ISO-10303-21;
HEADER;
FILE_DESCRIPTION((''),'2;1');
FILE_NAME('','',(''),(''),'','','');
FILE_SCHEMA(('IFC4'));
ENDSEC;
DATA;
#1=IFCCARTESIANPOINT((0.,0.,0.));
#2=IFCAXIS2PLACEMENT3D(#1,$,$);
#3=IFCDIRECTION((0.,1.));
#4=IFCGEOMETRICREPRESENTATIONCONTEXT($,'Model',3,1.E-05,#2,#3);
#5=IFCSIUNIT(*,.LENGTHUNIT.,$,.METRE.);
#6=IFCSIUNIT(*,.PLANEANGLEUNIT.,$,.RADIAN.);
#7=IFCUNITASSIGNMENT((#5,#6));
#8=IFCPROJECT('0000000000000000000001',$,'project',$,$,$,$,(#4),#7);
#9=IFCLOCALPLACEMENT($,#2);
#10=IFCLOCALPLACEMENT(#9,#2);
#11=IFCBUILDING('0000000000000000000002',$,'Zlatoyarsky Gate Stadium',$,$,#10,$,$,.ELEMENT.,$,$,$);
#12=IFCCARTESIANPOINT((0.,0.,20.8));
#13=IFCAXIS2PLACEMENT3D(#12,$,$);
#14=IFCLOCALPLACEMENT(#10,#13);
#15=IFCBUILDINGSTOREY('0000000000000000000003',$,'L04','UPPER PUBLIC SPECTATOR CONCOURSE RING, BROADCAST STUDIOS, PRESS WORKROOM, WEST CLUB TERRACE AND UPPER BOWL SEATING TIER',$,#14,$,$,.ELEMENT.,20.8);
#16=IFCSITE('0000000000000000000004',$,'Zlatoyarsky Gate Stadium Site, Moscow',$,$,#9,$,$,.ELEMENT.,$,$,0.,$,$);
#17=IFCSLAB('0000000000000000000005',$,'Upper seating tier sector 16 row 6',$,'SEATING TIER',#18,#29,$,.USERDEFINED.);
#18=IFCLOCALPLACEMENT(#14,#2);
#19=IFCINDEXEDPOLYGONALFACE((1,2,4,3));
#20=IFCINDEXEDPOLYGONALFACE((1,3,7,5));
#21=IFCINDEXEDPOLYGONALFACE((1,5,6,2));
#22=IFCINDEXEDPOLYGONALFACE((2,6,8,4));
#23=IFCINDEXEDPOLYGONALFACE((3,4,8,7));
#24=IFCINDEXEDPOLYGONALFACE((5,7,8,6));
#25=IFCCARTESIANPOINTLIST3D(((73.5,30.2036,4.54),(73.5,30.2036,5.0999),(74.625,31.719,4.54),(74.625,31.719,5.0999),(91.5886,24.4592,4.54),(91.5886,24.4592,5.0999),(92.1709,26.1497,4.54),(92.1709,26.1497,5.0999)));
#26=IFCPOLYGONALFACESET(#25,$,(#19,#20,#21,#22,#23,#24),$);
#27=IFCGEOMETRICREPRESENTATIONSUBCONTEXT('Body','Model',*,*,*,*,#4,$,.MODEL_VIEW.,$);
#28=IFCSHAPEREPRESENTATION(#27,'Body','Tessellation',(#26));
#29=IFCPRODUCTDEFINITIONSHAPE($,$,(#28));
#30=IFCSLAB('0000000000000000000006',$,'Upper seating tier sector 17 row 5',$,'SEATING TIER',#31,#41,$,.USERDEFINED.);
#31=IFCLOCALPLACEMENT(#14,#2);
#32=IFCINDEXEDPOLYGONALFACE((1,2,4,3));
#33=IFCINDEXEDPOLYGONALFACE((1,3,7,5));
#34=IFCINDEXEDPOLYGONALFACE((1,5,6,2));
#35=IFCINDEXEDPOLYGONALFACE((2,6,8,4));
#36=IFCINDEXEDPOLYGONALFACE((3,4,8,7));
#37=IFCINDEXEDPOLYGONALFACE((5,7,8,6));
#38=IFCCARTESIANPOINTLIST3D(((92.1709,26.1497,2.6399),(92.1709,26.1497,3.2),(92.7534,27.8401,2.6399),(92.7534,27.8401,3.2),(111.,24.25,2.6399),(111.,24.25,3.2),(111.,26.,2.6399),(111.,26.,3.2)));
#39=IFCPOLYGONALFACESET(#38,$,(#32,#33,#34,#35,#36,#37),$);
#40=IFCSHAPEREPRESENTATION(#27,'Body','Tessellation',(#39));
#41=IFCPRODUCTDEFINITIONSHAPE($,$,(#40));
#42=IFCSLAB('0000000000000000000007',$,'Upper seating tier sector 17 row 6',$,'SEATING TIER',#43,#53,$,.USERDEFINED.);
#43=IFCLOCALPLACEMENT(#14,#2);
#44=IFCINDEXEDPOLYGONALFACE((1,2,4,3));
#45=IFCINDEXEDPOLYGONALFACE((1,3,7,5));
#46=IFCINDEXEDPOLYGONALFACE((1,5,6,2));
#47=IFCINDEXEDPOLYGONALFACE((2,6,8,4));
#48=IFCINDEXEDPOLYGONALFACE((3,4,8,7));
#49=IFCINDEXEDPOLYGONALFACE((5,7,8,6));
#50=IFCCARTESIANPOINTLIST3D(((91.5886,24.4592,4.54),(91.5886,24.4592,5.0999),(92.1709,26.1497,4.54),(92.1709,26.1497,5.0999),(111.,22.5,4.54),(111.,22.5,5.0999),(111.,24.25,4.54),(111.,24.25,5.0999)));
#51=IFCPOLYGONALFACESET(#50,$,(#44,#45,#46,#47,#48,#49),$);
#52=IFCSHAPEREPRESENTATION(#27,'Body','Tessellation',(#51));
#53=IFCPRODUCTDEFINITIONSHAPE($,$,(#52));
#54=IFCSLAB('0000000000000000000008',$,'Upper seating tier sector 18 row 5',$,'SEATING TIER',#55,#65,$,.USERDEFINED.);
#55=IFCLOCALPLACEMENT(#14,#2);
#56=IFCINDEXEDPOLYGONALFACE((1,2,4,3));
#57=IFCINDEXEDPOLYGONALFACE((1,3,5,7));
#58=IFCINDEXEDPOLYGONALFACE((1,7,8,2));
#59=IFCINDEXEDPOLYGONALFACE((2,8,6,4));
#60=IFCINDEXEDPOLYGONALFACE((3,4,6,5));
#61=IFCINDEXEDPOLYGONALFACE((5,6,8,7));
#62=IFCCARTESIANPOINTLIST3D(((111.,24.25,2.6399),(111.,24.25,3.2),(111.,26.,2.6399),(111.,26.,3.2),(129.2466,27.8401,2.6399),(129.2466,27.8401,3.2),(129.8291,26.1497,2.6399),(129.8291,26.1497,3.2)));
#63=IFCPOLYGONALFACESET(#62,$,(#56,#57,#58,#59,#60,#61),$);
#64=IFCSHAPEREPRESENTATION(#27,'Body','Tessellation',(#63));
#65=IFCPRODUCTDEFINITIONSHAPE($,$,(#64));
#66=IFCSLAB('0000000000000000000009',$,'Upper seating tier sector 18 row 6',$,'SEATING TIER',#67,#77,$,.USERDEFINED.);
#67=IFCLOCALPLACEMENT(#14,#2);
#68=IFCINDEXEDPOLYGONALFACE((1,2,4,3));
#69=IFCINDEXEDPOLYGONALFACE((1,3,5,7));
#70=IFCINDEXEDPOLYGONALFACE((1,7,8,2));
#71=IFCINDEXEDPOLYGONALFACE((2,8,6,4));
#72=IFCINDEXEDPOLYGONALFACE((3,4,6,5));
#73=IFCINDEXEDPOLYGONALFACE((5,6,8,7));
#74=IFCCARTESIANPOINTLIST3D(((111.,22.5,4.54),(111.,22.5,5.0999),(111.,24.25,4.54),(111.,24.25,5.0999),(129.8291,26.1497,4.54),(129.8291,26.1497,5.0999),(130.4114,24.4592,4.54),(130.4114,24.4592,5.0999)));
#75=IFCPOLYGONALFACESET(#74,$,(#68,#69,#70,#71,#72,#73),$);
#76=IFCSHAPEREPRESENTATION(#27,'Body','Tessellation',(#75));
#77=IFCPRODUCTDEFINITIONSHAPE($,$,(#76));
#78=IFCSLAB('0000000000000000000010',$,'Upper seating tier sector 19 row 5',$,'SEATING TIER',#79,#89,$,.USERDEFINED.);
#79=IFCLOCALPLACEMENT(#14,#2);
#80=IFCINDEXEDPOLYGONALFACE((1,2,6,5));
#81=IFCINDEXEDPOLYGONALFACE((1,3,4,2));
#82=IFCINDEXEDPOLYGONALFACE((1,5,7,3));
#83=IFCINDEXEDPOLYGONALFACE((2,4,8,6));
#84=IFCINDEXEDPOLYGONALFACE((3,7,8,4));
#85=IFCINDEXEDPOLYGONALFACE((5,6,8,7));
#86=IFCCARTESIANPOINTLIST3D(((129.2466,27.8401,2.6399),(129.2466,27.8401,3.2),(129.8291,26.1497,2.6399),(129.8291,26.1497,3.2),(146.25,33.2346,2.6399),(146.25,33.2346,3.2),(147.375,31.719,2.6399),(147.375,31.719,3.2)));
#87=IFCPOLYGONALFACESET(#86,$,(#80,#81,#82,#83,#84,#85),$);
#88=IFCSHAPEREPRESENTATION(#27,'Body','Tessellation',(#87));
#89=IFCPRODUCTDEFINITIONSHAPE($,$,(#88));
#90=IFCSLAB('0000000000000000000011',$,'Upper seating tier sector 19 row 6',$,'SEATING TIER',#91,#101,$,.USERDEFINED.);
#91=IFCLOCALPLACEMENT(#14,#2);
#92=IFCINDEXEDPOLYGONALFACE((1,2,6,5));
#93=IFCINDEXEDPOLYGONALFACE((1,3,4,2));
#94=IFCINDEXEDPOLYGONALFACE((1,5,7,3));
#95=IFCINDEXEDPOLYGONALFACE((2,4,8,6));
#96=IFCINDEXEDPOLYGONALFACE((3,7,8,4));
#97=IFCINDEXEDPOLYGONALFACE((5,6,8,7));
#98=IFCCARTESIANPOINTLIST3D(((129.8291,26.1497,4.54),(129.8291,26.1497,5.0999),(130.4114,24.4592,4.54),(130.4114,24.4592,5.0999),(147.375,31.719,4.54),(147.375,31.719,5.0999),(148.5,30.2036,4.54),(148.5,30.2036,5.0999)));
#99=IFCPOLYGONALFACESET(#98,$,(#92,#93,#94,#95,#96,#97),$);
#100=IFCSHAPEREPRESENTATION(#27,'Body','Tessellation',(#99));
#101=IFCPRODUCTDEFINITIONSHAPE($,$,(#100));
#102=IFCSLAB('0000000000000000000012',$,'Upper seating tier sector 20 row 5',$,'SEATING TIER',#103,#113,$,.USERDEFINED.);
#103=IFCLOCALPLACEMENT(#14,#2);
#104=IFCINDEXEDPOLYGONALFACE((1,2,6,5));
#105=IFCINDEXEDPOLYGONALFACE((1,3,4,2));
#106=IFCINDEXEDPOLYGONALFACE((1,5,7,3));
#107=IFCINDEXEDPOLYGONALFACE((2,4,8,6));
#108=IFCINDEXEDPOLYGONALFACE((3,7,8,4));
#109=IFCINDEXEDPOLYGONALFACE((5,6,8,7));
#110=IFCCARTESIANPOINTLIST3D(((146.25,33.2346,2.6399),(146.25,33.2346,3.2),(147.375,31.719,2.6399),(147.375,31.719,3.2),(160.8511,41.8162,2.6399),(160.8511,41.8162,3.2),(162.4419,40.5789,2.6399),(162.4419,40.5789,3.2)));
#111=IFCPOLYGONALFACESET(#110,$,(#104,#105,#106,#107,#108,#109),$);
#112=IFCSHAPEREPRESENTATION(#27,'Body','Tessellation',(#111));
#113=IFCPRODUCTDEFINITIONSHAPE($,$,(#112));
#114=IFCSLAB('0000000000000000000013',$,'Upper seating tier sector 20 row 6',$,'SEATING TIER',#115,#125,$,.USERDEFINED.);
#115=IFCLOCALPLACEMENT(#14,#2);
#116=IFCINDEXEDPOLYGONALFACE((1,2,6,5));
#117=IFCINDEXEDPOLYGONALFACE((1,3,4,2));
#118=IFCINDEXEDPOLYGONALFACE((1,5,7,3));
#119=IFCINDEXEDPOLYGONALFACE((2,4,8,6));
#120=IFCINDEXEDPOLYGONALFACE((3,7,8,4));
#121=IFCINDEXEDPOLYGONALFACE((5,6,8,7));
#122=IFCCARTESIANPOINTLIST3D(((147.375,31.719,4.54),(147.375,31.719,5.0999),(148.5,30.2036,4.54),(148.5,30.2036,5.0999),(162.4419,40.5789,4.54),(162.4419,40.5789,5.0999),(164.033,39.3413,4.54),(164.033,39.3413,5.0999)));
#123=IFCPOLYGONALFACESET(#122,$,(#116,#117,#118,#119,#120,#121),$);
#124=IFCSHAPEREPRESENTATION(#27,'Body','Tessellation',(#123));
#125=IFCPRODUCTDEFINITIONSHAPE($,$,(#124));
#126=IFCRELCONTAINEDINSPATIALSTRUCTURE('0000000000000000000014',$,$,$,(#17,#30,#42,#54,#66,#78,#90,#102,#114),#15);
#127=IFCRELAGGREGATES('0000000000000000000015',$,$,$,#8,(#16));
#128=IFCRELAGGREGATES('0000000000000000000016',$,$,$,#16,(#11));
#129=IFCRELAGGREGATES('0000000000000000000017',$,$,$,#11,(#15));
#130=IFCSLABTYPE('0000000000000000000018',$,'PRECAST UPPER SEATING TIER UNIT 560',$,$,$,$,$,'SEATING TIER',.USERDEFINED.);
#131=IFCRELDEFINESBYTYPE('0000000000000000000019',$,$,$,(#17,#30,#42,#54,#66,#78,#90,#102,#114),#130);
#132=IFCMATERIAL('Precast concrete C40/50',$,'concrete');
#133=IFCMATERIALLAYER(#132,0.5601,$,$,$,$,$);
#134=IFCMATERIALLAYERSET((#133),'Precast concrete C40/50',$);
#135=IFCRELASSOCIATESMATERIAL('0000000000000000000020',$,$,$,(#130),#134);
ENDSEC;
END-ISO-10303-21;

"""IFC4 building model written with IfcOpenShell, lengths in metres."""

from ifc_helpers import new_model, si_unit, direction, frame, origin, place, context, subcontext, project, spatial, polyline, outline, extrude, material, layer, layer_set, type_object, element, save


model = new_model("IFC4")

# Units and contexts
model_context = context("Model", 3, precision=1e-05, world=origin(), true_north=direction((0.0, 1.0)))
body_context = subcontext(model_context, "Body", "Model", "MODEL_VIEW")
ifc_project = project(units=[si_unit("LENGTHUNIT", "METRE"), si_unit("PLANEANGLEUNIT", "RADIAN")], contexts=[model_context])

# Site, building, storey
site_placement = place(None, origin())
site = spatial("IfcSite", under=ifc_project, at=site_placement, Name="Zlatoyarsky Gate Stadium Site, Moscow", CompositionType="ELEMENT", RefElevation=0.0)
building_placement = place(site_placement, origin())
building = spatial("IfcBuilding", under=site, at=building_placement, Name="Zlatoyarsky Gate Stadium", CompositionType="ELEMENT")
storey_placement = place(building_placement, frame((0.0, 0.0, 20.8)))
storey = spatial("IfcBuildingStorey", under=building, at=storey_placement, Name="L04", Description="UPPER PUBLIC SPECTATOR CONCOURSE RING, BROADCAST STUDIOS, PRESS WORKROOM, WEST CLUB TERRACE AND UPPER BOWL SEATING TIER", CompositionType="ELEMENT", Elevation=20.8)

# Slabs
ifc_material = material(Name="Precast concrete C40/50", Category="concrete")
ifc_layer = layer(ifc_material, 0.5601)
ifc_layer_set = layer_set([ifc_layer], Name="Precast concrete C40/50")
slab_type = type_object("IfcSlabType", Name="PRECAST UPPER SEATING TIER UNIT 560", ElementType="SEATING TIER", PredefinedType="USERDEFINED", material=ifc_layer_set)
slab_1_placement = place(storey_placement, frame((0.0, 0.0, 4.54)))
element("IfcSlab", 1, at=slab_1_placement, inside=storey, type_object=slab_type, Name="Upper seating tier sector 16 row 6", ObjectType="SEATING TIER", PredefinedType="USERDEFINED", context=body_context, shape_type="SweptSolid", body=[
    extrude(outline(polyline([(74.625, 31.719), (73.5, 30.2036), (91.5886, 24.4592), (92.1709, 26.1497), (74.625, 31.719)])), origin(), (0.0, 0.0, 1.0), 0.5598),
])
slab_2_placement = place(storey_placement, frame((0.0, 0.0, 2.6399)))
element("IfcSlab", 2, at=slab_2_placement, inside=storey, type_object=slab_type, Name="Upper seating tier sector 17 row 5", ObjectType="SEATING TIER", PredefinedType="USERDEFINED", context=body_context, shape_type="SweptSolid", body=[
    extrude(outline(polyline([(92.7534, 27.8401), (92.1709, 26.1497), (111.0, 24.25), (111.0, 26.0), (92.7534, 27.8401)])), origin(), (0.0, 0.0, 1.0), 0.5601),
])
slab_3_placement = place(storey_placement, frame((0.0, 0.0, 4.54)))
element("IfcSlab", 3, at=slab_3_placement, inside=storey, type_object=slab_type, Name="Upper seating tier sector 17 row 6", ObjectType="SEATING TIER", PredefinedType="USERDEFINED", context=body_context, shape_type="SweptSolid", body=[
    extrude(outline(polyline([(92.1709, 26.1497), (91.5886, 24.4592), (111.0, 22.5), (111.0, 24.25), (92.1709, 26.1497)])), origin(), (0.0, 0.0, 1.0), 0.5598),
])
slab_4_placement = place(storey_placement, frame((0.0, 0.0, 2.6399)))
element("IfcSlab", 4, at=slab_4_placement, inside=storey, type_object=slab_type, Name="Upper seating tier sector 18 row 5", ObjectType="SEATING TIER", PredefinedType="USERDEFINED", context=body_context, shape_type="SweptSolid", body=[
    extrude(outline(polyline([(111.0, 26.0), (111.0, 24.25), (129.8291, 26.1497), (129.2466, 27.8401), (111.0, 26.0)])), origin(), (0.0, 0.0, 1.0), 0.5601),
])
slab_5_placement = place(storey_placement, frame((0.0, 0.0, 4.54)))
element("IfcSlab", 5, at=slab_5_placement, inside=storey, type_object=slab_type, Name="Upper seating tier sector 18 row 6", ObjectType="SEATING TIER", PredefinedType="USERDEFINED", context=body_context, shape_type="SweptSolid", body=[
    extrude(outline(polyline([(111.0, 24.25), (111.0, 22.5), (130.4114, 24.4592), (129.8291, 26.1497), (111.0, 24.25)])), origin(), (0.0, 0.0, 1.0), 0.5598),
])
slab_6_placement = place(storey_placement, frame((0.0, 0.0, 2.6399)))
element("IfcSlab", 6, at=slab_6_placement, inside=storey, type_object=slab_type, Name="Upper seating tier sector 19 row 5", ObjectType="SEATING TIER", PredefinedType="USERDEFINED", context=body_context, shape_type="SweptSolid", body=[
    extrude(outline(polyline([(129.2466, 27.8401), (129.8291, 26.1497), (147.375, 31.719), (146.25, 33.2346), (129.2466, 27.8401)])), origin(), (0.0, 0.0, 1.0), 0.5601),
])
slab_7_placement = place(storey_placement, frame((0.0, 0.0, 4.54)))
element("IfcSlab", 7, at=slab_7_placement, inside=storey, type_object=slab_type, Name="Upper seating tier sector 19 row 6", ObjectType="SEATING TIER", PredefinedType="USERDEFINED", context=body_context, shape_type="SweptSolid", body=[
    extrude(outline(polyline([(129.8291, 26.1497), (130.4114, 24.4592), (148.5, 30.2036), (147.375, 31.719), (129.8291, 26.1497)])), origin(), (0.0, 0.0, 1.0), 0.5598),
])
slab_8_placement = place(storey_placement, frame((0.0, 0.0, 2.6399)))
element("IfcSlab", 8, at=slab_8_placement, inside=storey, type_object=slab_type, Name="Upper seating tier sector 20 row 5", ObjectType="SEATING TIER", PredefinedType="USERDEFINED", context=body_context, shape_type="SweptSolid", body=[
    extrude(outline(polyline([(146.25, 33.2346), (147.375, 31.719), (162.4419, 40.5789), (160.8511, 41.8162), (146.25, 33.2346)])), origin(), (0.0, 0.0, 1.0), 0.5601),
])
slab_9_placement = place(storey_placement, frame((0.0, 0.0, 4.54)))
element("IfcSlab", 9, at=slab_9_placement, inside=storey, type_object=slab_type, Name="Upper seating tier sector 20 row 6", ObjectType="SEATING TIER", PredefinedType="USERDEFINED", context=body_context, shape_type="SweptSolid", body=[
    extrude(outline(polyline([(147.375, 31.719), (148.5, 30.2036), (164.033, 39.3413), (162.4419, 40.5789), (147.375, 31.719)])), origin(), (0.0, 0.0, 1.0), 0.5598),
])

save(model, "model.ifc")
